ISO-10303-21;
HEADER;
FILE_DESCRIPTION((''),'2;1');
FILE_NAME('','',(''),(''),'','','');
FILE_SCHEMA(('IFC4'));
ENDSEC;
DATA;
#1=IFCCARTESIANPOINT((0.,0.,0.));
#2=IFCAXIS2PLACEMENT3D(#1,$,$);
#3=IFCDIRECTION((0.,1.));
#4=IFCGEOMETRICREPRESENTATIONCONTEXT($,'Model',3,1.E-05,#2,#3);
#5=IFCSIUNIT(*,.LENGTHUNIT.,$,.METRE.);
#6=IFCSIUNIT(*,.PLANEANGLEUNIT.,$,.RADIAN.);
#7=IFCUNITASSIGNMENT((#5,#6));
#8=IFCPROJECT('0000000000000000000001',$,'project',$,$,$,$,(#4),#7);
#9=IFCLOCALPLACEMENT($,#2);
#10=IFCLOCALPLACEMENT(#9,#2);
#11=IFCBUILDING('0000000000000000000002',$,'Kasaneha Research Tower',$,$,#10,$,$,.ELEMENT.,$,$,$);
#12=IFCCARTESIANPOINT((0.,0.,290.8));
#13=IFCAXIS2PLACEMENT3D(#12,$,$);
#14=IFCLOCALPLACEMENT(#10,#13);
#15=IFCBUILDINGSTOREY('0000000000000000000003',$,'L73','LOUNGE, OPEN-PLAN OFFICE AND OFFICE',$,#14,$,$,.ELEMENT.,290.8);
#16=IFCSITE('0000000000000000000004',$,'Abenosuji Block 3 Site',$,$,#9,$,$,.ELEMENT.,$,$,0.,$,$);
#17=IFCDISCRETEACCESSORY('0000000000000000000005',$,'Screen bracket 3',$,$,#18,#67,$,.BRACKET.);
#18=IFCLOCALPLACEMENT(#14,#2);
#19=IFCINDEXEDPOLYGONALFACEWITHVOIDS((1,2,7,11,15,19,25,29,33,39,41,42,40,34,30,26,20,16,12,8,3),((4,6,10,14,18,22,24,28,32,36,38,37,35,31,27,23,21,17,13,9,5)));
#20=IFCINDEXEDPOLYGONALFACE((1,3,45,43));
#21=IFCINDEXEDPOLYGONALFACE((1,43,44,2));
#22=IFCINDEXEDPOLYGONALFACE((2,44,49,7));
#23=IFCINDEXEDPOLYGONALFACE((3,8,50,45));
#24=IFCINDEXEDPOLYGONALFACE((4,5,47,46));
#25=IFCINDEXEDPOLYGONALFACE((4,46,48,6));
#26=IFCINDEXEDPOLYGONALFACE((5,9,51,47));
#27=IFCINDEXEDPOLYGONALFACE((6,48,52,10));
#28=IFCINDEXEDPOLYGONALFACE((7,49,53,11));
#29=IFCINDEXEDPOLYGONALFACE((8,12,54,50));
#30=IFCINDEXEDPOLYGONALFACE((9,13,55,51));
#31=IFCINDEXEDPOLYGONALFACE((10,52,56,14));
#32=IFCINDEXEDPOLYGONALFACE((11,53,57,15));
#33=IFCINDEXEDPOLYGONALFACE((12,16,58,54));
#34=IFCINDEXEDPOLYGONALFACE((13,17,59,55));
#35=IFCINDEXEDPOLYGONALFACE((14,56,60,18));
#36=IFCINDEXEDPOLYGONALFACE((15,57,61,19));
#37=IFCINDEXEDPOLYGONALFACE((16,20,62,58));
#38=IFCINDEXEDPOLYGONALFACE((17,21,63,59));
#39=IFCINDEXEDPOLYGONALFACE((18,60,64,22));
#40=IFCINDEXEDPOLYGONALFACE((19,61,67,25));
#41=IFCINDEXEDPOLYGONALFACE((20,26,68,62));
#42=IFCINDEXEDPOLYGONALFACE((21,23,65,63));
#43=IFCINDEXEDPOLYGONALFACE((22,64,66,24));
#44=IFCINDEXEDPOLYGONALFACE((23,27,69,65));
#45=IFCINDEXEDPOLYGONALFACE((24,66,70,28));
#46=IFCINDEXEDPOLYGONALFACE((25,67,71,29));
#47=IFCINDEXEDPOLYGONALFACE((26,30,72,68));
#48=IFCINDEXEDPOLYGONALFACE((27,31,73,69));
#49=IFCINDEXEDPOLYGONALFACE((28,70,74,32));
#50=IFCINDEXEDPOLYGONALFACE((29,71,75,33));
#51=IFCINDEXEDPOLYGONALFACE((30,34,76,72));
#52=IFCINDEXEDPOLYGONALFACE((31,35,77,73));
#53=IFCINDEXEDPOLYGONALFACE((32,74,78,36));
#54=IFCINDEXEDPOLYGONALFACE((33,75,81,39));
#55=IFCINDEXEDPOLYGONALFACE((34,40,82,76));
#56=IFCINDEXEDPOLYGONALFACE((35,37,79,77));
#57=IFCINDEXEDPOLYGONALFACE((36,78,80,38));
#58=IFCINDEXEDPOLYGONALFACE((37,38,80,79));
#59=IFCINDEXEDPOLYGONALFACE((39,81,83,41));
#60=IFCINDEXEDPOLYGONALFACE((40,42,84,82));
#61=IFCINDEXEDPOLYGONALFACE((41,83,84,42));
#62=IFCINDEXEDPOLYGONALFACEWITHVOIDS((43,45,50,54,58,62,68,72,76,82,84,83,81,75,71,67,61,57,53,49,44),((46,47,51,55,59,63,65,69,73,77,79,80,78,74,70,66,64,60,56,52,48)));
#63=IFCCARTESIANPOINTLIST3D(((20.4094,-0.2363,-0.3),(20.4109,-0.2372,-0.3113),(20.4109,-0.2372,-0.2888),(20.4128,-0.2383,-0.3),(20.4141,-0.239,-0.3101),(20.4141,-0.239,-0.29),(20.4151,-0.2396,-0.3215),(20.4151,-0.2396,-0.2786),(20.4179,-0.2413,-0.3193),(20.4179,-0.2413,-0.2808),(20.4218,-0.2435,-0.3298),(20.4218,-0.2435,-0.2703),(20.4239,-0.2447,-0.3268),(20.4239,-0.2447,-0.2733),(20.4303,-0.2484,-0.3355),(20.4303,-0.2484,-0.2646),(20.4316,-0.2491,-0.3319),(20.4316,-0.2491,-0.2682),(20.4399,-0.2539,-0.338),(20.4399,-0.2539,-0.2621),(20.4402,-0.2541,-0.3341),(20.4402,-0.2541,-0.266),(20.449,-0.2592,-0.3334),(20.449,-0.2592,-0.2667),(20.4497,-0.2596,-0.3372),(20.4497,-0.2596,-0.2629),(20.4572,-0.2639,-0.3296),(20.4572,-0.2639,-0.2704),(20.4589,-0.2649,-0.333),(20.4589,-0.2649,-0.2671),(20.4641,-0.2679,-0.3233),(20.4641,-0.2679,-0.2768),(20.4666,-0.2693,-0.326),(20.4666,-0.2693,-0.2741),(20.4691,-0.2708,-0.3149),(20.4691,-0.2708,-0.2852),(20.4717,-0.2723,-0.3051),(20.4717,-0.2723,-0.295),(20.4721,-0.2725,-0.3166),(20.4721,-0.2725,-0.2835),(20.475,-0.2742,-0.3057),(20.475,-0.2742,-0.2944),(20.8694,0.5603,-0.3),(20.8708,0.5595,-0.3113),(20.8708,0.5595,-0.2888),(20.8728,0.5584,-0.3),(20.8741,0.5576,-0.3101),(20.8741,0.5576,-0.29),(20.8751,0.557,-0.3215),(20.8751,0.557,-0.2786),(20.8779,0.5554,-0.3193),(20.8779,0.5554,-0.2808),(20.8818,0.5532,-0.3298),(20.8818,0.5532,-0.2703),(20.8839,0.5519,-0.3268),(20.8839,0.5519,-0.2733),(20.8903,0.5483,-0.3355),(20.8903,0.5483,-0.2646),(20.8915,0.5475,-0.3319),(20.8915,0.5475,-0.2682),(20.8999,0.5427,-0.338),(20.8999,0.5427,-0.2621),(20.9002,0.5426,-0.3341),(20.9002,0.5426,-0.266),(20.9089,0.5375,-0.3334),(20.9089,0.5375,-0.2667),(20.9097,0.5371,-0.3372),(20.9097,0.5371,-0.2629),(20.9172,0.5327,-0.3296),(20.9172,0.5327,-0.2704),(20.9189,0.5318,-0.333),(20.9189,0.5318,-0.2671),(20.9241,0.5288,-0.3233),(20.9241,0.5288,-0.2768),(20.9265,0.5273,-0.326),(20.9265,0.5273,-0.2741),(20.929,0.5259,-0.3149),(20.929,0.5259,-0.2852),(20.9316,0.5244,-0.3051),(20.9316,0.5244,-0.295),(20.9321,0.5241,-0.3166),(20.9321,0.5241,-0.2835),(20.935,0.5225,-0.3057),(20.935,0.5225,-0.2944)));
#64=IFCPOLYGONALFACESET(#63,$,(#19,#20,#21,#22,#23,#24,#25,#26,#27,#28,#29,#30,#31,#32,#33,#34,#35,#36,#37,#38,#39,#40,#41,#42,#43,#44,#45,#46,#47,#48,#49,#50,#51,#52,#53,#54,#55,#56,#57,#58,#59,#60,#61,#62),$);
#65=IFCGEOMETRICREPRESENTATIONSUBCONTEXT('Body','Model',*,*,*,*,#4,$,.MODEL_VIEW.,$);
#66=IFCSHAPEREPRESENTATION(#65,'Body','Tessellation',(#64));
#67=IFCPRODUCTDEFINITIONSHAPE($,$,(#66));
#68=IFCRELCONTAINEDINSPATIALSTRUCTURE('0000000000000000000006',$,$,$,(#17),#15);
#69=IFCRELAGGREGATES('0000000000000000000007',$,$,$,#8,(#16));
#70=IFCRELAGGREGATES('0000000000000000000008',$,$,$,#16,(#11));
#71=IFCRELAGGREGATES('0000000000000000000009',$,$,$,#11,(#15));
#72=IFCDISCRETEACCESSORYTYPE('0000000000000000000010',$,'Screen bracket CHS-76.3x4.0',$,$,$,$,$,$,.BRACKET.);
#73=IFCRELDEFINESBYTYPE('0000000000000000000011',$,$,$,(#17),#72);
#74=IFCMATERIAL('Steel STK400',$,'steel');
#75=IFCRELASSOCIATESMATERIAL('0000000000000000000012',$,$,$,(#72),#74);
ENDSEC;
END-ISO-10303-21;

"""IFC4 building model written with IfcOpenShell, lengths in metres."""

from ifc_helpers import new_model, si_unit, direction, frame, origin, origin_2d, place, context, subcontext, project, spatial, hollow_circle, extrude, material, material_profile, profile_set, type_object, element, save


model = new_model("IFC4")

# Units and contexts
model_context = context("Model", 3, precision=1e-05, world=origin(), true_north=direction((0.0, 1.0)))
body_context = subcontext(model_context, "Body", "Model", "MODEL_VIEW")
ifc_project = project(units=[si_unit("LENGTHUNIT", "METRE"), si_unit("PLANEANGLEUNIT", "RADIAN")], contexts=[model_context])

# Site, building, storey
site_placement = place(None, origin())
site = spatial("IfcSite", under=ifc_project, at=site_placement, Name="Abenosuji Block 3 Site", CompositionType="ELEMENT", RefElevation=0.0)
building_placement = place(site_placement, origin())
building = spatial("IfcBuilding", under=site, at=building_placement, Name="Kasaneha Research Tower", CompositionType="ELEMENT")
storey_placement = place(building_placement, frame((0.0, 0.0, 290.8)))
storey = spatial("IfcBuildingStorey", under=building, at=storey_placement, Name="L73", Description="LOUNGE, OPEN-PLAN OFFICE AND OFFICE", CompositionType="ELEMENT", Elevation=290.8)

# Discrete accessory
ifc_material_1 = material(Name="Steel STK400", Category="steel")
ifc_material_profile_1 = material_profile(ifc_material_1, hollow_circle(Radius=0.0381, WallThickness=0.0039, at=origin_2d()), Name="CHS-76.3x4.0")
ifc_profile_set_1 = profile_set([ifc_material_profile_1], Name="Steel STK400")
discrete_accessory_type = type_object("IfcDiscreteAccessoryType", Name="Screen bracket CHS-76.3x4.0", PredefinedType="BRACKET", material=ifc_profile_set_1)
for number, where, z_axis, x_axis, name in (
    (1, (20.4424, -0.2554, -0.3), (0.500021, 0.866013, 0.0), (-0.866013, 0.500021, 0.0), "Screen bracket 3"),
):
    element("IfcDiscreteAccessory", number, at=place(storey_placement, frame(where, z_axis=z_axis, x_axis=x_axis)), inside=storey, type_object=discrete_accessory_type, Name=name, PredefinedType="BRACKET", context=body_context, shape_type="SweptSolid", body=[
        extrude(hollow_circle(Radius=0.0381, WallThickness=0.0039, at=origin_2d()), origin(), (0.0, 0.0, 1.0), 0.9199),
    ])

save(model, "model.ifc")
